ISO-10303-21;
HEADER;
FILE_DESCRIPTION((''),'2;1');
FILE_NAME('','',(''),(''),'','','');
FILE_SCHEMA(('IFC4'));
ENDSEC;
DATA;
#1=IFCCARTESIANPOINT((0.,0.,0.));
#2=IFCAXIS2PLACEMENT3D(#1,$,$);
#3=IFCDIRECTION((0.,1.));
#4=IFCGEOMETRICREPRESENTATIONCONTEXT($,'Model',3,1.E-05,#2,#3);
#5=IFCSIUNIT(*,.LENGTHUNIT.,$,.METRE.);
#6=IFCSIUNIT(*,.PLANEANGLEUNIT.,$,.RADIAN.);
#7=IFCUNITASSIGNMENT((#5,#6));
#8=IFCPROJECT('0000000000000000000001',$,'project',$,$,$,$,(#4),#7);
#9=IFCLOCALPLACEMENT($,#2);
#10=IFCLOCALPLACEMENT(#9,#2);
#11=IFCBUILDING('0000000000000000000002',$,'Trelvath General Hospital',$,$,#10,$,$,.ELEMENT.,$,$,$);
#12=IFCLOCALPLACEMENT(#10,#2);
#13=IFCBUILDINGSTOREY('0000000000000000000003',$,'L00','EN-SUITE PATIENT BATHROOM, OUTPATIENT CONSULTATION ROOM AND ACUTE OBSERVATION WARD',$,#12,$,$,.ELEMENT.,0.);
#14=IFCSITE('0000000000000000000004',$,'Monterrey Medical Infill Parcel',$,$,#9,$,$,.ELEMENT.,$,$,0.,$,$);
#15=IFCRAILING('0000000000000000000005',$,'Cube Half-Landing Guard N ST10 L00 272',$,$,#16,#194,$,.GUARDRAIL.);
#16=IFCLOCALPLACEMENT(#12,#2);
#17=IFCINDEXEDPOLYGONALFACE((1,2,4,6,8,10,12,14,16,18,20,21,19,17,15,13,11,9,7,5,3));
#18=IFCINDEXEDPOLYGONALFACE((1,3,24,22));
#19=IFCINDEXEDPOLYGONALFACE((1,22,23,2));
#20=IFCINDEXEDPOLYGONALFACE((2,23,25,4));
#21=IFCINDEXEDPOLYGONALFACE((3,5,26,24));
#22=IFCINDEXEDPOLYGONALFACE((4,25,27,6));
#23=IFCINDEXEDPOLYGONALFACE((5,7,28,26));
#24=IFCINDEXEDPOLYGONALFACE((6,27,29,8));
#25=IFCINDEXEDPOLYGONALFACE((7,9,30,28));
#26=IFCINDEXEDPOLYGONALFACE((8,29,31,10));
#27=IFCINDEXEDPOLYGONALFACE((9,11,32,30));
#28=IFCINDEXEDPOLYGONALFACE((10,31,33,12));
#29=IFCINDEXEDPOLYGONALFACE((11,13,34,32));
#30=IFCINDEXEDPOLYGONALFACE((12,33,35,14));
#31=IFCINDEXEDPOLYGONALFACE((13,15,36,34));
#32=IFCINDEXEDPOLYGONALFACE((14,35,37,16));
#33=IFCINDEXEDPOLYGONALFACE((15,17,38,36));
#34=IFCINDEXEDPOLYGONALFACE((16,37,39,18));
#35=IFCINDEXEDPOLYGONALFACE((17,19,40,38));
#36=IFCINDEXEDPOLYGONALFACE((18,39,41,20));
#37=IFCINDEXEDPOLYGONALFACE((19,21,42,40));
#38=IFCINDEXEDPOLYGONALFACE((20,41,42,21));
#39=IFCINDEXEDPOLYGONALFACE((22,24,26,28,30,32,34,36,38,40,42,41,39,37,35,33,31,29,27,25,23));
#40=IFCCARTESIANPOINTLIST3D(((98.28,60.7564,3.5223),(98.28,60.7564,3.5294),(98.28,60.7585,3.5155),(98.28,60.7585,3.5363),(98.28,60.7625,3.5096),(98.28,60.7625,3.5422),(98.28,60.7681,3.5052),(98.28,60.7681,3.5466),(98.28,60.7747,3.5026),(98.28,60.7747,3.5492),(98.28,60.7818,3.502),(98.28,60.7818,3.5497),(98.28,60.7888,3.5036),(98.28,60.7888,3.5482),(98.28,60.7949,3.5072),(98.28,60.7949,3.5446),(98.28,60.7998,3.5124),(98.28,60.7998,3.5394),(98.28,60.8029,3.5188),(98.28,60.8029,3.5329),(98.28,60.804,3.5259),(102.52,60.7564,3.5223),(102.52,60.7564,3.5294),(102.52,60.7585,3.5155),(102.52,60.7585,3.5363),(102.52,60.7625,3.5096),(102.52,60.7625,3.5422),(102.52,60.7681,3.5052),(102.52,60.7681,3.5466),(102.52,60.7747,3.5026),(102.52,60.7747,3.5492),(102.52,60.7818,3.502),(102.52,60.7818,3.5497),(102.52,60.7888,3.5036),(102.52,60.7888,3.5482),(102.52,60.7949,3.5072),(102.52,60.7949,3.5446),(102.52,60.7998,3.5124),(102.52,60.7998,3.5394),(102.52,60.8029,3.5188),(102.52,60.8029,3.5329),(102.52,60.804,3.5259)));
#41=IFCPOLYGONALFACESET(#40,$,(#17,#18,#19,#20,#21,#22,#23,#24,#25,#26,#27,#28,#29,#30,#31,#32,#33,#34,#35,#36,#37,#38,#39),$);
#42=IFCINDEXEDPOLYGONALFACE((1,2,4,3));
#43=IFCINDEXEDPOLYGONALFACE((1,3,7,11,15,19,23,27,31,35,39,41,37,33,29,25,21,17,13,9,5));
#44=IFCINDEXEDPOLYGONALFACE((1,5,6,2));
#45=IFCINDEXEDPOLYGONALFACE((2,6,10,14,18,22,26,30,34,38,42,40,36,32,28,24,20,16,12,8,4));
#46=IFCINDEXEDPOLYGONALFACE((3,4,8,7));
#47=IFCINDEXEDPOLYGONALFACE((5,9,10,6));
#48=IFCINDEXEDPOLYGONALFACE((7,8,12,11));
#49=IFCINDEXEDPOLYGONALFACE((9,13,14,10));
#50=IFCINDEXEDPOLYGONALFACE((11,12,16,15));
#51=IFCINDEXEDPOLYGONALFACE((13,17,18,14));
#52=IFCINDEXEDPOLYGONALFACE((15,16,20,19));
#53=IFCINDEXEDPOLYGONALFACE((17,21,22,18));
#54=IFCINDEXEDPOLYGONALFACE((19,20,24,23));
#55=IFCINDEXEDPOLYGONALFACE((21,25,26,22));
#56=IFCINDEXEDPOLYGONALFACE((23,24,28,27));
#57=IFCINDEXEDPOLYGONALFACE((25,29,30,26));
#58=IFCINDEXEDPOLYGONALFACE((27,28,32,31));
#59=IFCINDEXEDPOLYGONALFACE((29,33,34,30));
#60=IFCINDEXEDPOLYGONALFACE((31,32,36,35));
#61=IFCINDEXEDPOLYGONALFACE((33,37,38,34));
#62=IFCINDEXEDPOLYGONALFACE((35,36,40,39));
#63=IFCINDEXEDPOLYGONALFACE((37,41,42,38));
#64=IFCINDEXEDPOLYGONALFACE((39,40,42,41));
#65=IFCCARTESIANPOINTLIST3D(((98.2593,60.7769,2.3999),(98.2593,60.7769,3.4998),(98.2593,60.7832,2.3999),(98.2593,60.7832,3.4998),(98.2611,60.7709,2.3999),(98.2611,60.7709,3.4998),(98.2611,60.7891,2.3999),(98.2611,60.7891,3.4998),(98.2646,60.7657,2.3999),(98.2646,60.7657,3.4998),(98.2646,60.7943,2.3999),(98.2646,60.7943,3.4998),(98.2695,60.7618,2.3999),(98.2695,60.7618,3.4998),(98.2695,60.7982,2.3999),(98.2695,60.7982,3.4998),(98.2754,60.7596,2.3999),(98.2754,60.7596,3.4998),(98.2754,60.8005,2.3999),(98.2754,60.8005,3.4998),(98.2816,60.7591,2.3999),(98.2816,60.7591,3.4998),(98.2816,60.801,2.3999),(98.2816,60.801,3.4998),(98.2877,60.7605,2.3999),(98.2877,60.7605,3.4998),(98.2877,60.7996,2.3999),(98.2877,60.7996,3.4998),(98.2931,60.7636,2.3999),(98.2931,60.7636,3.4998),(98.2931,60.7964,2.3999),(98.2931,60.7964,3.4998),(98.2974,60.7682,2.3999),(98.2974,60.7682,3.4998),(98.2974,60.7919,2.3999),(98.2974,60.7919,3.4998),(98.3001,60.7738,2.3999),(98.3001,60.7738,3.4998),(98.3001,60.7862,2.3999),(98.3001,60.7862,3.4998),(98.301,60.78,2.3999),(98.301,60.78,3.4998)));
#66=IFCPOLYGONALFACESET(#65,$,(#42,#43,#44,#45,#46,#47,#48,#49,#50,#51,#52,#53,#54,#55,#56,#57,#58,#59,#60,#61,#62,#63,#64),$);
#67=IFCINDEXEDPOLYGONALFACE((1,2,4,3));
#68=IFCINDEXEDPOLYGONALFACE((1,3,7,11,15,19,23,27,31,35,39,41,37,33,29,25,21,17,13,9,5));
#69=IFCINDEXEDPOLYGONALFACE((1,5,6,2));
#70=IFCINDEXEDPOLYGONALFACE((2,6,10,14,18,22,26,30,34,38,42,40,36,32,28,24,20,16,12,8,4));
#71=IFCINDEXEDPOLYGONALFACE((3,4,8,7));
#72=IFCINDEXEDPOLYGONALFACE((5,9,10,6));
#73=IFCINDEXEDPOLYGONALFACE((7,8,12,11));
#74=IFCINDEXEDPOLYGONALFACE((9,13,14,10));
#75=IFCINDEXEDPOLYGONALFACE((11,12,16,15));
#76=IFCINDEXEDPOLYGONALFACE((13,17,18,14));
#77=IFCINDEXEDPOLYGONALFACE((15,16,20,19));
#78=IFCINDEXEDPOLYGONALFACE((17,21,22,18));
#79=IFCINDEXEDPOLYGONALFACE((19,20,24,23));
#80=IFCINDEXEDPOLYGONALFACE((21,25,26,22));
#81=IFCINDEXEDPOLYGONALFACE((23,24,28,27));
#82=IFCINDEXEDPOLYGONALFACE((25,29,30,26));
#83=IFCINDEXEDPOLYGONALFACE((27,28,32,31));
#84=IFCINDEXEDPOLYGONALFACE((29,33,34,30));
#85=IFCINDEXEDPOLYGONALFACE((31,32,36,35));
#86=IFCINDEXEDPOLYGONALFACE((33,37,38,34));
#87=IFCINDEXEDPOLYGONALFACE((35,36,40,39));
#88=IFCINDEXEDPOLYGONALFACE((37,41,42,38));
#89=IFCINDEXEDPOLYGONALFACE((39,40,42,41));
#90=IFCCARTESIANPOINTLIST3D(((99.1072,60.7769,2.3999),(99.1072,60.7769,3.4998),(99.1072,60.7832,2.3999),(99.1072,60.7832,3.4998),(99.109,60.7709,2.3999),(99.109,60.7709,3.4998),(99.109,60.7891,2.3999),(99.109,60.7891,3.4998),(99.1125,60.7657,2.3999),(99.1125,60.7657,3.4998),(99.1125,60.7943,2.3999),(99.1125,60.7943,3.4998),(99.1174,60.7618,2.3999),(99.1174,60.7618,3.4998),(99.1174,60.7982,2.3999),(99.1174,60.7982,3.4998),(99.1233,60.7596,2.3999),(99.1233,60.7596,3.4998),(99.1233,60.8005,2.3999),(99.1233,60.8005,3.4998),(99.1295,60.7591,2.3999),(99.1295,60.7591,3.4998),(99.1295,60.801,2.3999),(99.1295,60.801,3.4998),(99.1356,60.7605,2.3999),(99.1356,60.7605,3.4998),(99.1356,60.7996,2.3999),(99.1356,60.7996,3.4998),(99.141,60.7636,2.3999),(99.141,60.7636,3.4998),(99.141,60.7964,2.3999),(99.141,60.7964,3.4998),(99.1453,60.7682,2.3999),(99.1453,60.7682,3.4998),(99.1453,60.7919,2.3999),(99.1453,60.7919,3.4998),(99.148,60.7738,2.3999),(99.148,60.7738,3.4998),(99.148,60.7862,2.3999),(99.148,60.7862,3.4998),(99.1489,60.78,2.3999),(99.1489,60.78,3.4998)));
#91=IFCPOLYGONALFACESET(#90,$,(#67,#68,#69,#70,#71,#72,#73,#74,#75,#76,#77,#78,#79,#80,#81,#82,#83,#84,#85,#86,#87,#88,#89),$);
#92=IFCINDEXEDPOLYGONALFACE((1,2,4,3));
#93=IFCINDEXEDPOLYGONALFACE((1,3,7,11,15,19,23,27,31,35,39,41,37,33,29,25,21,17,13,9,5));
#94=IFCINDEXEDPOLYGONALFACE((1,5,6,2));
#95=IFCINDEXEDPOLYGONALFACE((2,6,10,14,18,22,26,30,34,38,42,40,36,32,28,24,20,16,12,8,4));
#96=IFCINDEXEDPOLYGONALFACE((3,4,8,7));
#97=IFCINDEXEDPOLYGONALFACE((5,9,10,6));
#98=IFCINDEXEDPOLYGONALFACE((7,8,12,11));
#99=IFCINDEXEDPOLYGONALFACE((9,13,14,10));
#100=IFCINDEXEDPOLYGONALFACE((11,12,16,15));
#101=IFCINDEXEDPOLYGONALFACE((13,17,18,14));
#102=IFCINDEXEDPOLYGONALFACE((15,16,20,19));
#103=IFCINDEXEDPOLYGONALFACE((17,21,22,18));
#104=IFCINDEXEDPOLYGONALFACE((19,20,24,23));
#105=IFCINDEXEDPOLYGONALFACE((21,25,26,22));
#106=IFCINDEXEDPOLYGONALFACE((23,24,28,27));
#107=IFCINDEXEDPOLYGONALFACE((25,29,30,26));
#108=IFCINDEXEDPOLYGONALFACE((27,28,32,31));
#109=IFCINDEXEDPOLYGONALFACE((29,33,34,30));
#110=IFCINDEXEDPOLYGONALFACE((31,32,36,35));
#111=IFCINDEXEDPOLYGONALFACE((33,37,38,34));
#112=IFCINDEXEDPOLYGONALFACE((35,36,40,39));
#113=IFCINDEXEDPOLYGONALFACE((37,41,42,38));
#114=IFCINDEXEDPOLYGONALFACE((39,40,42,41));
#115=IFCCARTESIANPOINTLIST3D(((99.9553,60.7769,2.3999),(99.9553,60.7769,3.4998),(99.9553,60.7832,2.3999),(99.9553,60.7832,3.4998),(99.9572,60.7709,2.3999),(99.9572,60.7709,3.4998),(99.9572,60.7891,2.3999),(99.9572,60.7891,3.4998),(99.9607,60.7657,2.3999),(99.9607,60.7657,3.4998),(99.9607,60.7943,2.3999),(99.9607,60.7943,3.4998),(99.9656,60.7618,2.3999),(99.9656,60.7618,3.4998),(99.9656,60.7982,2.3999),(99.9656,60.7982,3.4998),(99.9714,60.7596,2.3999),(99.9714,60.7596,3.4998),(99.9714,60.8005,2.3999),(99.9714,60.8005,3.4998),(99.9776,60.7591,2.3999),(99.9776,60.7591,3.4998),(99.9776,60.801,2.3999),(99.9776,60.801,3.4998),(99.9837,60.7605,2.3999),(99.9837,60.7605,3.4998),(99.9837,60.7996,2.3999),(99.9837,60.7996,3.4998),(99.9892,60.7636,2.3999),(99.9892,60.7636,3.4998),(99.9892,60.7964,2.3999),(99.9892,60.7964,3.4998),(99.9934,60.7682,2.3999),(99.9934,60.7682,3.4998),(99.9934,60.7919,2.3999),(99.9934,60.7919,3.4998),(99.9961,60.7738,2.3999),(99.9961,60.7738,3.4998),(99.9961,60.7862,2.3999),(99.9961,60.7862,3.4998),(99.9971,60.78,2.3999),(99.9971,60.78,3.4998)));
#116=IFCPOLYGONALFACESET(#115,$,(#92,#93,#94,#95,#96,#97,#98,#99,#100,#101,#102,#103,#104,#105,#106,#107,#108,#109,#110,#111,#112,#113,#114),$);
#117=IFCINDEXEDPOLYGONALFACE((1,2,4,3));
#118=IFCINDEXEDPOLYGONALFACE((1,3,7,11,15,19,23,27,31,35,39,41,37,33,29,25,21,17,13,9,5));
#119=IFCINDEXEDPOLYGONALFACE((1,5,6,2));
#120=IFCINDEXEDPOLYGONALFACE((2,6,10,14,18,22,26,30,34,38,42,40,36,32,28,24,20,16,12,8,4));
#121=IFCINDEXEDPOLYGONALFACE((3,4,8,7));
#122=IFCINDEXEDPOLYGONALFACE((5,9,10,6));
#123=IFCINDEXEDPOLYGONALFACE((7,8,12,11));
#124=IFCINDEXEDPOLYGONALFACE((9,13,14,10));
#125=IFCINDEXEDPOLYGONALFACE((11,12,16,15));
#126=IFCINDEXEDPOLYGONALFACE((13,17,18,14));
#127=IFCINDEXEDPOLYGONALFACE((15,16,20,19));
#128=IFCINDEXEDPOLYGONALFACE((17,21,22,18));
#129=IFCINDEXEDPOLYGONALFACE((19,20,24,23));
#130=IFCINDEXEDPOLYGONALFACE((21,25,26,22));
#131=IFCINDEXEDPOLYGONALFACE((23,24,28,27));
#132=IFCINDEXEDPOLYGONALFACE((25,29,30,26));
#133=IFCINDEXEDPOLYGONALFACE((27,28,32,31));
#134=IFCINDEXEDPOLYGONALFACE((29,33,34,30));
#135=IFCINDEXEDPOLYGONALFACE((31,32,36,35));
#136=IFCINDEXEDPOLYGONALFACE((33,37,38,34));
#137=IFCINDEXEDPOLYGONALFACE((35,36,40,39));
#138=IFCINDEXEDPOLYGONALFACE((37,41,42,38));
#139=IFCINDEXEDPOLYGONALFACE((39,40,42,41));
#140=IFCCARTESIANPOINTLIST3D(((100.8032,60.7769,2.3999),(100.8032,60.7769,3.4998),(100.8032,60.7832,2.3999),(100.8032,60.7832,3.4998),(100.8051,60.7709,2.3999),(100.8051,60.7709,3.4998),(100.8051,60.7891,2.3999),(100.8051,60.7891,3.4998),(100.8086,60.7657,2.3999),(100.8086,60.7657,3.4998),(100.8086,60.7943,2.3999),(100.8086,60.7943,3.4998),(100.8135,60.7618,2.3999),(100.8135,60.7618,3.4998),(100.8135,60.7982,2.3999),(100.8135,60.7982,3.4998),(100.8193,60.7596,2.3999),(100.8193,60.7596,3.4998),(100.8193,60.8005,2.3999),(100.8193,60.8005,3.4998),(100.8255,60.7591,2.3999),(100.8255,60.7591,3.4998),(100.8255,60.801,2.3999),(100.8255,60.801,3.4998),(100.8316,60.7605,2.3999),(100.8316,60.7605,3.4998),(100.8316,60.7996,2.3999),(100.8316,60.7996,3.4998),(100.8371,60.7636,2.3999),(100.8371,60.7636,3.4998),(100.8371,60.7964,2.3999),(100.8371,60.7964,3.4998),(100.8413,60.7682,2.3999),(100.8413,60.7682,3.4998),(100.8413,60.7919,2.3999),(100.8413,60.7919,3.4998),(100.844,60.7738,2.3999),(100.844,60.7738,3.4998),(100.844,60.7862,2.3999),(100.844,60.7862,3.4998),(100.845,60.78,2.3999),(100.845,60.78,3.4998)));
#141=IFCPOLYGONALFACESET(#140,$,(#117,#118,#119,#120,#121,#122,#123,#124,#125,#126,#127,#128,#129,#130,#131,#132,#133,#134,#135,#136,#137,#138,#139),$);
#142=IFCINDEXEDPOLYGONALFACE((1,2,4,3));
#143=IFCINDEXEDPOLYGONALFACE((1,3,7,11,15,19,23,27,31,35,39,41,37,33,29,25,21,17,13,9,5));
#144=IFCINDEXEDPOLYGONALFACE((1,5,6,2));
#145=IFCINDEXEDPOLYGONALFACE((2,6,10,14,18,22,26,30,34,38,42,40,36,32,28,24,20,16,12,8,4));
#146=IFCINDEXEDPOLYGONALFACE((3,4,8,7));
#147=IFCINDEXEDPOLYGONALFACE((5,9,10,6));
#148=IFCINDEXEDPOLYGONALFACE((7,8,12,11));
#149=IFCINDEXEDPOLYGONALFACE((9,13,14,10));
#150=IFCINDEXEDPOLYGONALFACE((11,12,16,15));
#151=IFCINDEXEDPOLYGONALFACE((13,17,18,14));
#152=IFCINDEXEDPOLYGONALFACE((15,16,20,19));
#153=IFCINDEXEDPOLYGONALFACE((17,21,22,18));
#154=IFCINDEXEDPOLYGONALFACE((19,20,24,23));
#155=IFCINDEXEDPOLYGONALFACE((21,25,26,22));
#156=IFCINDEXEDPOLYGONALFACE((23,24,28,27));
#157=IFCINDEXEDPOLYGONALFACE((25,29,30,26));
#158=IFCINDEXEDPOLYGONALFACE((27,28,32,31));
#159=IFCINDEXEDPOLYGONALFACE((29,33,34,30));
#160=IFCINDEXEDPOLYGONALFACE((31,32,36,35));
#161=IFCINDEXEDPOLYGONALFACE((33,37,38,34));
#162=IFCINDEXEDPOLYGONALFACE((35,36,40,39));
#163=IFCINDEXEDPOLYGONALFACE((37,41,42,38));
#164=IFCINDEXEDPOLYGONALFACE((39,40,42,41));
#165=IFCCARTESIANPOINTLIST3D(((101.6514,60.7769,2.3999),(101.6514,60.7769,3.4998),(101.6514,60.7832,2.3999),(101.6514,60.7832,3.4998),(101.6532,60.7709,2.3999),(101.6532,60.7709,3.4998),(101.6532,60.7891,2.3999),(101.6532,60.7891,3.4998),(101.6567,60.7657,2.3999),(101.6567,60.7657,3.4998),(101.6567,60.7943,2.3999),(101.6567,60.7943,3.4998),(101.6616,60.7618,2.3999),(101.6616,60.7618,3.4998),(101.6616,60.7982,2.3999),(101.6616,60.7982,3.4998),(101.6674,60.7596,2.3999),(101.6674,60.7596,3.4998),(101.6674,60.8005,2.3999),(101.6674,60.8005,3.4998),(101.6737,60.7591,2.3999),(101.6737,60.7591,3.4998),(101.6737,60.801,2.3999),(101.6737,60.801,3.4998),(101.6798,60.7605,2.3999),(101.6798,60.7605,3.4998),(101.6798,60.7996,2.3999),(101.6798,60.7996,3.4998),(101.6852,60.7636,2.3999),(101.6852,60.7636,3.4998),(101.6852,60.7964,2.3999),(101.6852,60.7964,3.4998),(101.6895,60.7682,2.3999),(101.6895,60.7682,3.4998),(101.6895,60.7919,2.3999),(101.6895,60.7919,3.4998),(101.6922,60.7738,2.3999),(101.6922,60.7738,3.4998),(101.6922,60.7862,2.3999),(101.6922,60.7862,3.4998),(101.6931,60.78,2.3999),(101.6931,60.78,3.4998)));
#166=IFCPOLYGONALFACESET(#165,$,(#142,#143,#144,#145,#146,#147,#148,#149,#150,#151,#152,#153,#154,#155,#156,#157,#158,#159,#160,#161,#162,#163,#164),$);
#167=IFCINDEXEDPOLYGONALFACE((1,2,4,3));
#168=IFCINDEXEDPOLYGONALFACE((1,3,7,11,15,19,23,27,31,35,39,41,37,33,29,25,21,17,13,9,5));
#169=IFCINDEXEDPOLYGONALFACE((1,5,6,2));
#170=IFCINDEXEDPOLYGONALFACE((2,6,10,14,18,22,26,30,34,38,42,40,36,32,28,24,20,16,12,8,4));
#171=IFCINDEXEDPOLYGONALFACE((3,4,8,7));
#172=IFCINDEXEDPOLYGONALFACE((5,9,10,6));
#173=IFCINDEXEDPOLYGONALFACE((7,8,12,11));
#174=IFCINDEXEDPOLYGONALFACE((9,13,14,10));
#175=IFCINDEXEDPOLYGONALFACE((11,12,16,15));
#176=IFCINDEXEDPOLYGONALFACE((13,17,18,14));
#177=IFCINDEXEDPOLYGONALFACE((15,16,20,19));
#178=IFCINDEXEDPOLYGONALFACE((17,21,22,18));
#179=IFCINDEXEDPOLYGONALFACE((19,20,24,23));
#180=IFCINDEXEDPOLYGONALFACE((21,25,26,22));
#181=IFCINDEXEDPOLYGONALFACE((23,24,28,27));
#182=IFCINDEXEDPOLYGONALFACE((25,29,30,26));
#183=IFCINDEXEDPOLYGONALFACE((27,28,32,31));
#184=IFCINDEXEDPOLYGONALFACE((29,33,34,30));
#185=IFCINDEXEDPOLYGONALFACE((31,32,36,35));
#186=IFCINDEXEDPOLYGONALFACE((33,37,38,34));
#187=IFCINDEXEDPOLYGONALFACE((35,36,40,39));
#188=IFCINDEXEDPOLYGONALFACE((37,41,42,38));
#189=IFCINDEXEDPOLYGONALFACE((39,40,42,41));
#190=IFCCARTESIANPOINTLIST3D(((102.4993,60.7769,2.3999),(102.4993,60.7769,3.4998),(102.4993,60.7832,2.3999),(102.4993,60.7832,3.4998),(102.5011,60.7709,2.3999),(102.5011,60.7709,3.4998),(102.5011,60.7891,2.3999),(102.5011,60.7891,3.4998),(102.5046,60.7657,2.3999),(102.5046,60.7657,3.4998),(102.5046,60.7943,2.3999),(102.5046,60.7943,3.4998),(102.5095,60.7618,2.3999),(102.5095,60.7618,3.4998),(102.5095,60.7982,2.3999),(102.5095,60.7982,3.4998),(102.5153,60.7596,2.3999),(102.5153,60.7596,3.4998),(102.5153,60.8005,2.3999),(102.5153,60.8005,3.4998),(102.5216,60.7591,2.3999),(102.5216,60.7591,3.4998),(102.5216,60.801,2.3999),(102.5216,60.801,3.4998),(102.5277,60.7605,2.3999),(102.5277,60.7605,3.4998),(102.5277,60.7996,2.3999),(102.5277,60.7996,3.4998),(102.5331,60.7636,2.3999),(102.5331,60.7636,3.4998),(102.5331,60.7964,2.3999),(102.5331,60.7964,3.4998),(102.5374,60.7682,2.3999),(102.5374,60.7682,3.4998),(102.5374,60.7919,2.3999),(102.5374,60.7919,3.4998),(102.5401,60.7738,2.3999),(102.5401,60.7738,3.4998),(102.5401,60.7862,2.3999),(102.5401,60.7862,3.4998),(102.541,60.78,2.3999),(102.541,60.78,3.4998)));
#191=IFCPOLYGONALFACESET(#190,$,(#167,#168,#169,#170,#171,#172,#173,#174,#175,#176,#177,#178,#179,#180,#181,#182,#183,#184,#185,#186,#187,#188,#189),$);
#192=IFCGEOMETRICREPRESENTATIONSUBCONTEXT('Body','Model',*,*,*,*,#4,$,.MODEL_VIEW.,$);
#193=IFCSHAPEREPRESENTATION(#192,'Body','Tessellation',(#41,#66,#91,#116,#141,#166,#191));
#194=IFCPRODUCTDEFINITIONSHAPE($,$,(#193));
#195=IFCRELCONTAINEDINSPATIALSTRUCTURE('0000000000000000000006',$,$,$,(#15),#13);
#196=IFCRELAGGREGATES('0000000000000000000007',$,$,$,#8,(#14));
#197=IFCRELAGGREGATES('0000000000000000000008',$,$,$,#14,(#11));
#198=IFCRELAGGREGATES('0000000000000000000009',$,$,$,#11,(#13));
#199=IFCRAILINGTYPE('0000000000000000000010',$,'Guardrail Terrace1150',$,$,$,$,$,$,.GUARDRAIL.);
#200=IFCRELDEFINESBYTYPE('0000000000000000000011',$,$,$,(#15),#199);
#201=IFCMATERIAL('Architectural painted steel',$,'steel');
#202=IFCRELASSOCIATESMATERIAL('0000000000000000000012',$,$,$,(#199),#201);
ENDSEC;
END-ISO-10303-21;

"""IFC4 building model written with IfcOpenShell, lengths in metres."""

from ifc_helpers import new_model, si_unit, direction, frame, origin, origin_2d, place, context, subcontext, project, spatial, circle, extrude, material, type_object, element, save


model = new_model("IFC4")

# Units and contexts
model_context = context("Model", 3, precision=1e-05, world=origin(), true_north=direction((0.0, 1.0)))
body_context = subcontext(model_context, "Body", "Model", "MODEL_VIEW")
ifc_project = project(units=[si_unit("LENGTHUNIT", "METRE"), si_unit("PLANEANGLEUNIT", "RADIAN")], contexts=[model_context])

# Site, building, storey
site_placement = place(None, origin())
site = spatial("IfcSite", under=ifc_project, at=site_placement, Name="Monterrey Medical Infill Parcel", CompositionType="ELEMENT", RefElevation=0.0)
building_placement = place(site_placement, origin())
building = spatial("IfcBuilding", under=site, at=building_placement, Name="Trelvath General Hospital", CompositionType="ELEMENT")
storey_placement = place(building_placement, origin())
storey = spatial("IfcBuildingStorey", under=building, at=storey_placement, Name="L00", Description="EN-SUITE PATIENT BATHROOM, OUTPATIENT CONSULTATION ROOM AND ACUTE OBSERVATION WARD", CompositionType="ELEMENT", Elevation=0.0)

# Railing
ifc_material_1 = material(Name="Architectural painted steel", Category="steel")
railing_type = type_object("IfcRailingType", Name="Guardrail Terrace1150", PredefinedType="GUARDRAIL", material=ifc_material_1)
railing_1_placement = place(storey_placement, frame((98.28, 60.78, 2.3999)))
element("IfcRailing", 1, at=railing_1_placement, inside=storey, type_object=railing_type, Name="Cube Half-Landing Guard N ST10 L00 272", PredefinedType="GUARDRAIL", context=body_context, shape_type="SweptSolid", body=[
    extrude(circle(Radius=0.0239, at=origin_2d()), frame((0.0, 0.0, 1.126), z_axis=(1.0, 0.0, 0.0), x_axis=(0.0, 1.0, 0.0)), (0.0, 0.0, 1.0), 4.24),
    extrude(circle(Radius=0.021, at=origin_2d()), origin(), (0.0, 0.0, 1.0), 1.0999),
    extrude(circle(Radius=0.021, at=origin_2d()), frame((0.8479, 0.0, 0.0)), (0.0, 0.0, 1.0), 1.0999),
    extrude(circle(Radius=0.021, at=origin_2d()), frame((1.696, 0.0, 0.0)), (0.0, 0.0, 1.0), 1.0999),
    extrude(circle(Radius=0.021, at=origin_2d()), frame((2.5439, 0.0, 0.0)), (0.0, 0.0, 1.0), 1.0999),
    extrude(circle(Radius=0.021, at=origin_2d()), frame((3.3921, 0.0, 0.0)), (0.0, 0.0, 1.0), 1.0999),
    extrude(circle(Radius=0.021, at=origin_2d()), frame((4.24, 0.0, 0.0)), (0.0, 0.0, 1.0), 1.0999),
])

save(model, "model.ifc")
